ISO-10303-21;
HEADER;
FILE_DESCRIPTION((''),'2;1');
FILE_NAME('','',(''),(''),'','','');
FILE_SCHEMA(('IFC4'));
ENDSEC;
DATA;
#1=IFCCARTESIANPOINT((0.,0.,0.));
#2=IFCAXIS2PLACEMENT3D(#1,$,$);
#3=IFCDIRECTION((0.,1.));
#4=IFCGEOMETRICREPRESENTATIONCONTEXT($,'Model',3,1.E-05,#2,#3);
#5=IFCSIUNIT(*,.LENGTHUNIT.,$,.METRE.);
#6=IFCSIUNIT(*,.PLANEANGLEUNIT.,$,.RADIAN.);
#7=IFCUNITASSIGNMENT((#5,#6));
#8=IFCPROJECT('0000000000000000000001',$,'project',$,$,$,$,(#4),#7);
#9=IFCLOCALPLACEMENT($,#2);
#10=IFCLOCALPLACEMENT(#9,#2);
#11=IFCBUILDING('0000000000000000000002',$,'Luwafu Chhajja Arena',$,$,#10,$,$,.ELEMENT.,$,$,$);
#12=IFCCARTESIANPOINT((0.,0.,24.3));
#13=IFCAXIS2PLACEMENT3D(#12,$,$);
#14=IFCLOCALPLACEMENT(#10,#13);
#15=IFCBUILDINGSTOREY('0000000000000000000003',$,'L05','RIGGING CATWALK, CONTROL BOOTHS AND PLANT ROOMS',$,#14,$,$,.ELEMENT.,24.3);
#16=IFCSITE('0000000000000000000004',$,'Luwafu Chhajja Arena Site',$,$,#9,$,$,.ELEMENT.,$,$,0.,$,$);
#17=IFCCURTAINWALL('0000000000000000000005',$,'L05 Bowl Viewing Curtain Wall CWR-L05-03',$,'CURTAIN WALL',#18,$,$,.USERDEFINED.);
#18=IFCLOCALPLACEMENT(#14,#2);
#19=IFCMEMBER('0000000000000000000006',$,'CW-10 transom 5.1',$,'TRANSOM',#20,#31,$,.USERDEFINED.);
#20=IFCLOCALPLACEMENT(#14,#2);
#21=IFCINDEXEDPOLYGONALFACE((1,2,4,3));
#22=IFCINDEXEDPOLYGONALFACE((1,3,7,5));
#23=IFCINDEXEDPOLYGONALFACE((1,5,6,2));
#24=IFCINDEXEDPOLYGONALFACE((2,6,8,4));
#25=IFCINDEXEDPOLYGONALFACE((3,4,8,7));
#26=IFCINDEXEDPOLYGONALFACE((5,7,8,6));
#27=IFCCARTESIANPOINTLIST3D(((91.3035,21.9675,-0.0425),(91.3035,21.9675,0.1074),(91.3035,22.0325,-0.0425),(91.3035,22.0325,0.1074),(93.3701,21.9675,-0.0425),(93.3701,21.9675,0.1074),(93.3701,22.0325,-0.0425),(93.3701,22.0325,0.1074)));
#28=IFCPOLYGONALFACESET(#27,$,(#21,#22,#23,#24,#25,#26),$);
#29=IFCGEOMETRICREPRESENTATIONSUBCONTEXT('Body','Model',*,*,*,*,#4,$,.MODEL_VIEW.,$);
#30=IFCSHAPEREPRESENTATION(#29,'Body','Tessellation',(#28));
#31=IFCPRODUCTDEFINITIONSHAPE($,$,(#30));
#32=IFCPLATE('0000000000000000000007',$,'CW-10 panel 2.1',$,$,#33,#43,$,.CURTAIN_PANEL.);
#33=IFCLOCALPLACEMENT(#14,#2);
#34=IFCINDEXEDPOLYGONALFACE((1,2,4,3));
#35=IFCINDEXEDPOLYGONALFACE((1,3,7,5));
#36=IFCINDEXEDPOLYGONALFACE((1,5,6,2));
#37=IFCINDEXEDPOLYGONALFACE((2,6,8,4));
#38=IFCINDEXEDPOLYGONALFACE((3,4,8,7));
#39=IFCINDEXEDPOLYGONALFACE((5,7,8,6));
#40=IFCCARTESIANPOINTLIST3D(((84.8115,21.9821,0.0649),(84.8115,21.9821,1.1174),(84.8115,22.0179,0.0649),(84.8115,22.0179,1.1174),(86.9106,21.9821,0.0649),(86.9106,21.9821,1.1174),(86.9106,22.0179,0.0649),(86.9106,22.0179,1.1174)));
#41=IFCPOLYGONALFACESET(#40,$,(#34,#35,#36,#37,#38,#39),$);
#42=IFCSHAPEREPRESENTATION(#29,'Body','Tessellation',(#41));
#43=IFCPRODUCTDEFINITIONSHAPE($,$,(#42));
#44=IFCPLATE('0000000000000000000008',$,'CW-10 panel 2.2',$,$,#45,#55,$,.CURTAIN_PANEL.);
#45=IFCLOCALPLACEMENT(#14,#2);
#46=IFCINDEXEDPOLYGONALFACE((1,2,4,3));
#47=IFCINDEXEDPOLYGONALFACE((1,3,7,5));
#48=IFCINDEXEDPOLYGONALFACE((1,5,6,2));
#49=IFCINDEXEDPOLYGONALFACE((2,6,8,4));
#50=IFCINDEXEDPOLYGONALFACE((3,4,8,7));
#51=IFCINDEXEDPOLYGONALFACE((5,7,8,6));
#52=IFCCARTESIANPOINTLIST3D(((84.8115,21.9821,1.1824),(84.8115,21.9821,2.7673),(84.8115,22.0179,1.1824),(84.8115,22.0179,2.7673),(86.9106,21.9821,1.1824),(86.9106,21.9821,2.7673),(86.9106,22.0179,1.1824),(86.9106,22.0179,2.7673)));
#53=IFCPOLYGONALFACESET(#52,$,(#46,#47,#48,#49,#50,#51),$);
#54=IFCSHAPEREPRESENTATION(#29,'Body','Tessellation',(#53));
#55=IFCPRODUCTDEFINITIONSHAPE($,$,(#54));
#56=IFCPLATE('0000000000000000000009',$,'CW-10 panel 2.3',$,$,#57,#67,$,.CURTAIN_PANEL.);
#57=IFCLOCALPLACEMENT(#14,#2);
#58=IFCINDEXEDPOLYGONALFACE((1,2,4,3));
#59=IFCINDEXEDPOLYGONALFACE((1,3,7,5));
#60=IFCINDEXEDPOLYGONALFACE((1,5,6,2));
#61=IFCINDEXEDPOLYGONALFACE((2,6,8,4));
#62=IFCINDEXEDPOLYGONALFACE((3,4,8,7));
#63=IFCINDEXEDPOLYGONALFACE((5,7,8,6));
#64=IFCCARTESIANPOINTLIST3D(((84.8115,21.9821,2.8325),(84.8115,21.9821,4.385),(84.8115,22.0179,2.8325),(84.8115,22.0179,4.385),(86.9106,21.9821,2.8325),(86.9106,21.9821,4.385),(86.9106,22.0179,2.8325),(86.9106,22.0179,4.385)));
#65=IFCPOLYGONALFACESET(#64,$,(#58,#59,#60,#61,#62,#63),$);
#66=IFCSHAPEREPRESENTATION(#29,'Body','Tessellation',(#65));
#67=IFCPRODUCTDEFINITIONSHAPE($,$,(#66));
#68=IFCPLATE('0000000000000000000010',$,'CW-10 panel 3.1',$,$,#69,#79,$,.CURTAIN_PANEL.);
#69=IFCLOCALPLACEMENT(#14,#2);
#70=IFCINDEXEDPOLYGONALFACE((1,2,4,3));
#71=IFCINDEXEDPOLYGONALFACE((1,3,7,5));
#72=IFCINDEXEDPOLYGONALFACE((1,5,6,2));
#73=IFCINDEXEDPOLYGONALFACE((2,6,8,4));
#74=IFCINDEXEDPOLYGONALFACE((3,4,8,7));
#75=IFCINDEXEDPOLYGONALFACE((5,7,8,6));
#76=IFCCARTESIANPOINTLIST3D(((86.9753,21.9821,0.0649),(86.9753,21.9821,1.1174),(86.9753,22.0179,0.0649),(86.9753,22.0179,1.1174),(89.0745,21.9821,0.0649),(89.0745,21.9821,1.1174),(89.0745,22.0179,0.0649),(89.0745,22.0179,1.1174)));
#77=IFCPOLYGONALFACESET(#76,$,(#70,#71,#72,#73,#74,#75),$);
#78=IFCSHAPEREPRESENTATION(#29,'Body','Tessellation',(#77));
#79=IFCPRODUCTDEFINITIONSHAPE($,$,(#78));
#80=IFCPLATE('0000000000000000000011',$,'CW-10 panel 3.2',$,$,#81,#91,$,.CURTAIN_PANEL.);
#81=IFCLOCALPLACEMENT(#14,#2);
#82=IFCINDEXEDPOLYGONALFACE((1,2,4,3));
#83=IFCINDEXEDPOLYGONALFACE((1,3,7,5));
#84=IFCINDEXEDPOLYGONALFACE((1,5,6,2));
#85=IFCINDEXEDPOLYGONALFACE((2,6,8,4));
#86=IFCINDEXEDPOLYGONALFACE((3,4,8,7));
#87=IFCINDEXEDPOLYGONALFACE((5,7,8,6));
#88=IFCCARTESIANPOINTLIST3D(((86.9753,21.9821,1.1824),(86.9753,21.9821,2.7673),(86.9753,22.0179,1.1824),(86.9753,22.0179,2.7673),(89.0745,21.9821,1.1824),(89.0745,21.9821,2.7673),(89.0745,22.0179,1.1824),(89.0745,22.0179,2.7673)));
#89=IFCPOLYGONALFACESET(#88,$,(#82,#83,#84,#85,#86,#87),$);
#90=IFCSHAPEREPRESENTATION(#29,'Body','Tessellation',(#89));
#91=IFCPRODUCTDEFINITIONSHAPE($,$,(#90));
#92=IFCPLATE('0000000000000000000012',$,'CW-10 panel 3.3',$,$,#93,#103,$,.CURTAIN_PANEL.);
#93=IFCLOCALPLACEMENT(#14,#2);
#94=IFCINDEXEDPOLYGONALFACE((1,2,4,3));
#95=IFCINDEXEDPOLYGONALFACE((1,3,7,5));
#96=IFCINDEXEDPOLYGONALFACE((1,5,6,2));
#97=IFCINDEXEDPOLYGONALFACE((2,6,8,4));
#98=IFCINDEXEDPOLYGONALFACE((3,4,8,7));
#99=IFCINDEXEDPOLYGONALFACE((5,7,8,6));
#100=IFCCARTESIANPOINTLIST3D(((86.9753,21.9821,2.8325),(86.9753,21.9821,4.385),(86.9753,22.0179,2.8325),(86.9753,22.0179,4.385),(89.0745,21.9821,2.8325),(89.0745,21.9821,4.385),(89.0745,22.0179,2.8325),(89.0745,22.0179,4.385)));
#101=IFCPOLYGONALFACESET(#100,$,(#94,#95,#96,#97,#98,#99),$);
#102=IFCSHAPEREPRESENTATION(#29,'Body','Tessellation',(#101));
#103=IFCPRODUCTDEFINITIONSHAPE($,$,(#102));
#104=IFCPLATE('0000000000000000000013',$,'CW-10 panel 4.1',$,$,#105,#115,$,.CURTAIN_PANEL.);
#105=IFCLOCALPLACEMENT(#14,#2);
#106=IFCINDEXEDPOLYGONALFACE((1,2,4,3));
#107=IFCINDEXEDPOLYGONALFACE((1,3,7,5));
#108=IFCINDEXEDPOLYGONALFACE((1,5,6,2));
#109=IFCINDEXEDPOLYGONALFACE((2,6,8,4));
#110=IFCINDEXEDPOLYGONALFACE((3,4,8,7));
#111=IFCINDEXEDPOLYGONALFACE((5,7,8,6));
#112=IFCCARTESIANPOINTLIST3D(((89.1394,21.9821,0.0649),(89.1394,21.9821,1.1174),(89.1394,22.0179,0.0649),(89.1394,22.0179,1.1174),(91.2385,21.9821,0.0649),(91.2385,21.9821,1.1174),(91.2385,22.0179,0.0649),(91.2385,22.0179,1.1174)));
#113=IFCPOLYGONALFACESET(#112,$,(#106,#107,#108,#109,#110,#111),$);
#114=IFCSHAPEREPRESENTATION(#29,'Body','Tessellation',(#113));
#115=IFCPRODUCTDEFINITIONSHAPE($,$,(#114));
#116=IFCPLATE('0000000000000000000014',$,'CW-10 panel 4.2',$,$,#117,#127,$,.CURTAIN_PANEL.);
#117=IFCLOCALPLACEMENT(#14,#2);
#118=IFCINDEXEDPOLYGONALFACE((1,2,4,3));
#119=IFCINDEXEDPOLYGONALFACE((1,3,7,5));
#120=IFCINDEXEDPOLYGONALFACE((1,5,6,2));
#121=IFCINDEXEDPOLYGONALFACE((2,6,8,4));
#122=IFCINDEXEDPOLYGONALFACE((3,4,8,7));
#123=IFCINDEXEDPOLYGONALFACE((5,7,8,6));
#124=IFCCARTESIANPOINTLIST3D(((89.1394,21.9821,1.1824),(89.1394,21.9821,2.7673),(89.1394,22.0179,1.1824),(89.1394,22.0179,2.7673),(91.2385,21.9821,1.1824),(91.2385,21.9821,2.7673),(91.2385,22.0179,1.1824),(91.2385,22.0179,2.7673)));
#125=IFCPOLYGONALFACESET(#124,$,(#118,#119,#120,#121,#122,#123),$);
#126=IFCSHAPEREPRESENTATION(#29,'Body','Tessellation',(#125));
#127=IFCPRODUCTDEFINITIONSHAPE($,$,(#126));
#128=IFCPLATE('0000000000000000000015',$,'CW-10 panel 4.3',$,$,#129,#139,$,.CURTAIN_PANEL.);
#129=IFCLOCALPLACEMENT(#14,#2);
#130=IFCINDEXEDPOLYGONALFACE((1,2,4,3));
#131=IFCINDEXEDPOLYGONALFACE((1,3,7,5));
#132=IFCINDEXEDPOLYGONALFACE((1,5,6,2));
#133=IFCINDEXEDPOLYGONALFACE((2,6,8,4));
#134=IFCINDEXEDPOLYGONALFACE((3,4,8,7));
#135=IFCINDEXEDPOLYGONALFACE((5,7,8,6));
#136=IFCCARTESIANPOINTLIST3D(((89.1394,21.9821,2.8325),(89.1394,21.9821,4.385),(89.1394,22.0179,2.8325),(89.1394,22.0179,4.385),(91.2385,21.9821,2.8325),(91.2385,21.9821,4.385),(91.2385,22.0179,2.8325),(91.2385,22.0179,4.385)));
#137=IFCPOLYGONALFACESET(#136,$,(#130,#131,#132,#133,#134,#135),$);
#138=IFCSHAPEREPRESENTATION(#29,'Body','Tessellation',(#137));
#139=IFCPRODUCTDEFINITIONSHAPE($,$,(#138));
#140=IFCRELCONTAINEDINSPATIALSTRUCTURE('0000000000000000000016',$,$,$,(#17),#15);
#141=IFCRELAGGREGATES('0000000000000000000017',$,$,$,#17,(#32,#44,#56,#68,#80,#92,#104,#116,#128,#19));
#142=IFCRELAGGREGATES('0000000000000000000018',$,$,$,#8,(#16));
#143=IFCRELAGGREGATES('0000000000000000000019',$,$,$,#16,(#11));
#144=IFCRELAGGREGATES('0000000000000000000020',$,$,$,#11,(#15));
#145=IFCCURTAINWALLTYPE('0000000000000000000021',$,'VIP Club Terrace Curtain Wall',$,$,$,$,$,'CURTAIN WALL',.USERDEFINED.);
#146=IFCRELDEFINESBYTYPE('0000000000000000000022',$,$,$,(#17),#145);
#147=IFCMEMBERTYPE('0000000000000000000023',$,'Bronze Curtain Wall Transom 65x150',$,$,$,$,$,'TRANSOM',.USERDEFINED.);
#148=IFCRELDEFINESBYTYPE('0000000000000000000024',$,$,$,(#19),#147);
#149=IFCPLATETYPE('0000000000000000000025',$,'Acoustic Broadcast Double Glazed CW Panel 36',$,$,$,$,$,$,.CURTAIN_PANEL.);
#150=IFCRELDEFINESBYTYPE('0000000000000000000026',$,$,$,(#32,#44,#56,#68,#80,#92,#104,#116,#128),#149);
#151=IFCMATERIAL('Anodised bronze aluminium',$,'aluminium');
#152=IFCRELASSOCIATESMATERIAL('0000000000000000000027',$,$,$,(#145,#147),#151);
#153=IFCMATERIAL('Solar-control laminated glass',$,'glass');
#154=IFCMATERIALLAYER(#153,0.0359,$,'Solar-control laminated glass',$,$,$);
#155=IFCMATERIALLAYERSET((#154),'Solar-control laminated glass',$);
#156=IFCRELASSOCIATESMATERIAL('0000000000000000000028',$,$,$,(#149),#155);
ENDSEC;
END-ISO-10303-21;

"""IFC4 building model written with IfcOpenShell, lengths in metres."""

from ifc_helpers import new_model, si_unit, direction, frame, origin, origin_2d, place, context, subcontext, project, spatial, rectangle, extrude, material, layer, layer_set, material_profile, profile_set, type_object, element, aggregate, save


model = new_model("IFC4")

# Units and contexts
model_context = context("Model", 3, precision=1e-05, world=origin(), true_north=direction((0.0, 1.0)))
body_context = subcontext(model_context, "Body", "Model", "MODEL_VIEW")
ifc_project = project(units=[si_unit("LENGTHUNIT", "METRE"), si_unit("PLANEANGLEUNIT", "RADIAN")], contexts=[model_context])

# Site, building, storey
site_placement = place(None, origin())
site = spatial("IfcSite", under=ifc_project, at=site_placement, Name="Luwafu Chhajja Arena Site", CompositionType="ELEMENT", RefElevation=0.0)
building_placement = place(site_placement, origin())
building = spatial("IfcBuilding", under=site, at=building_placement, Name="Luwafu Chhajja Arena", CompositionType="ELEMENT")
storey_placement = place(building_placement, frame((0.0, 0.0, 24.3)))
storey = spatial("IfcBuildingStorey", under=building, at=storey_placement, Name="L05", Description="RIGGING CATWALK, CONTROL BOOTHS AND PLANT ROOMS", CompositionType="ELEMENT", Elevation=24.3)

# Curtain wall, member, plates
ifc_material_1 = material(Name="Anodised bronze aluminium", Category="aluminium")
curtain_wall_type = type_object("IfcCurtainWallType", Name="VIP Club Terrace Curtain Wall", ElementType="CURTAIN WALL", PredefinedType="USERDEFINED", material=ifc_material_1)
curtain_wall_placement = place(storey_placement, origin())
curtain_wall = element("IfcCurtainWall", 1, at=curtain_wall_placement, inside=storey, type_object=curtain_wall_type, Name="L05 Bowl Viewing Curtain Wall CWR-L05-03", ObjectType="CURTAIN WALL", PredefinedType="USERDEFINED")
ifc_material_profile_1 = material_profile(ifc_material_1, rectangle(XDim=0.0649, YDim=0.1499, at=origin_2d()), Name="CWT 65x150")
ifc_profile_set_1 = profile_set([ifc_material_profile_1], Name="Anodised bronze aluminium")
member_type_1 = type_object("IfcMemberType", Name="Bronze Curtain Wall Transom 65x150", ElementType="TRANSOM", PredefinedType="USERDEFINED", material=ifc_profile_set_1)
member_1_placement = place(storey_placement, frame((91.3035, 22.0, 0.0325), z_axis=(1.0, 0.0, 0.0), x_axis=(0.0, 1.0, 0.0)))
member_1 = element("IfcMember", 2, at=member_1_placement, type_object=member_type_1, Name="CW-10 transom 5.1", ObjectType="TRANSOM", PredefinedType="USERDEFINED", context=body_context, shape_type="SweptSolid", body=[
    extrude(rectangle(XDim=0.0649, YDim=0.1499, at=origin_2d()), origin(), (0.0, 0.0, 1.0), 2.0667),
])
ifc_material_2 = material(Name="Solar-control laminated glass", Category="glass")
ifc_layer = layer(ifc_material_2, 0.0359, Name="Solar-control laminated glass")
ifc_layer_set = layer_set([ifc_layer], Name="Solar-control laminated glass")
plate_type = type_object("IfcPlateType", Name="Acoustic Broadcast Double Glazed CW Panel 36", PredefinedType="CURTAIN_PANEL", material=ifc_layer_set)
plate_1_placement = place(storey_placement, frame((85.8611, 22.0, 0.0649), z_axis=(0.0, 0.0, 1.0), x_axis=(1.0, 0.0, 0.0)))
plate_1 = element("IfcPlate", 3, at=plate_1_placement, type_object=plate_type, Name="CW-10 panel 2.1", PredefinedType="CURTAIN_PANEL", context=body_context, shape_type="SweptSolid", body=[
    extrude(rectangle(XDim=2.0991, YDim=0.0359, at=origin_2d()), origin(), (0.0, 0.0, 1.0), 1.0525),
])
plate_2_placement = place(storey_placement, frame((85.8611, 22.0, 1.1824), z_axis=(0.0, 0.0, 1.0), x_axis=(1.0, 0.0, 0.0)))
plate_2 = element("IfcPlate", 4, at=plate_2_placement, type_object=plate_type, Name="CW-10 panel 2.2", PredefinedType="CURTAIN_PANEL", context=body_context, shape_type="SweptSolid", body=[
    extrude(rectangle(XDim=2.0991, YDim=0.0359, at=origin_2d()), origin(), (0.0, 0.0, 1.0), 1.585),
])
plate_3_placement = place(storey_placement, frame((85.8611, 22.0, 2.8325), z_axis=(0.0, 0.0, 1.0), x_axis=(1.0, 0.0, 0.0)))
plate_3 = element("IfcPlate", 5, at=plate_3_placement, type_object=plate_type, Name="CW-10 panel 2.3", PredefinedType="CURTAIN_PANEL", context=body_context, shape_type="SweptSolid", body=[
    extrude(rectangle(XDim=2.0991, YDim=0.0359, at=origin_2d()), origin(), (0.0, 0.0, 1.0), 1.5525),
])
plate_4_placement = place(storey_placement, frame((88.0249, 22.0, 0.0649), z_axis=(0.0, 0.0, 1.0), x_axis=(1.0, 0.0, 0.0)))
plate_4 = element("IfcPlate", 6, at=plate_4_placement, type_object=plate_type, Name="CW-10 panel 3.1", PredefinedType="CURTAIN_PANEL", context=body_context, shape_type="SweptSolid", body=[
    extrude(rectangle(XDim=2.0991, YDim=0.0359, at=origin_2d()), origin(), (0.0, 0.0, 1.0), 1.0525),
])
plate_5_placement = place(storey_placement, frame((88.0249, 22.0, 1.1824), z_axis=(0.0, 0.0, 1.0), x_axis=(1.0, 0.0, 0.0)))
plate_5 = element("IfcPlate", 7, at=plate_5_placement, type_object=plate_type, Name="CW-10 panel 3.2", PredefinedType="CURTAIN_PANEL", context=body_context, shape_type="SweptSolid", body=[
    extrude(rectangle(XDim=2.0991, YDim=0.0359, at=origin_2d()), origin(), (0.0, 0.0, 1.0), 1.585),
])
plate_6_placement = place(storey_placement, frame((88.0249, 22.0, 2.8325), z_axis=(0.0, 0.0, 1.0), x_axis=(1.0, 0.0, 0.0)))
plate_6 = element("IfcPlate", 8, at=plate_6_placement, type_object=plate_type, Name="CW-10 panel 3.3", PredefinedType="CURTAIN_PANEL", context=body_context, shape_type="SweptSolid", body=[
    extrude(rectangle(XDim=2.0991, YDim=0.0359, at=origin_2d()), origin(), (0.0, 0.0, 1.0), 1.5525),
])
plate_7_placement = place(storey_placement, frame((90.189, 22.0, 0.0649), z_axis=(0.0, 0.0, 1.0), x_axis=(1.0, 0.0, 0.0)))
plate_7 = element("IfcPlate", 9, at=plate_7_placement, type_object=plate_type, Name="CW-10 panel 4.1", PredefinedType="CURTAIN_PANEL", context=body_context, shape_type="SweptSolid", body=[
    extrude(rectangle(XDim=2.0991, YDim=0.0359, at=origin_2d()), origin(), (0.0, 0.0, 1.0), 1.0525),
])
plate_8_placement = place(storey_placement, frame((90.189, 22.0, 1.1824), z_axis=(0.0, 0.0, 1.0), x_axis=(1.0, 0.0, 0.0)))
plate_8 = element("IfcPlate", 10, at=plate_8_placement, type_object=plate_type, Name="CW-10 panel 4.2", PredefinedType="CURTAIN_PANEL", context=body_context, shape_type="SweptSolid", body=[
    extrude(rectangle(XDim=2.0991, YDim=0.0359, at=origin_2d()), origin(), (0.0, 0.0, 1.0), 1.585),
])
plate_9_placement = place(storey_placement, frame((90.189, 22.0, 2.8325), z_axis=(0.0, 0.0, 1.0), x_axis=(1.0, 0.0, 0.0)))
plate_9 = element("IfcPlate", 11, at=plate_9_placement, type_object=plate_type, Name="CW-10 panel 4.3", PredefinedType="CURTAIN_PANEL", context=body_context, shape_type="SweptSolid", body=[
    extrude(rectangle(XDim=2.0991, YDim=0.0359, at=origin_2d()), origin(), (0.0, 0.0, 1.0), 1.5525),
])
aggregate(curtain_wall, [plate_1, plate_2, plate_3, plate_4, plate_5, plate_6, plate_7, plate_8, plate_9, member_1])

save(model, "model.ifc")
